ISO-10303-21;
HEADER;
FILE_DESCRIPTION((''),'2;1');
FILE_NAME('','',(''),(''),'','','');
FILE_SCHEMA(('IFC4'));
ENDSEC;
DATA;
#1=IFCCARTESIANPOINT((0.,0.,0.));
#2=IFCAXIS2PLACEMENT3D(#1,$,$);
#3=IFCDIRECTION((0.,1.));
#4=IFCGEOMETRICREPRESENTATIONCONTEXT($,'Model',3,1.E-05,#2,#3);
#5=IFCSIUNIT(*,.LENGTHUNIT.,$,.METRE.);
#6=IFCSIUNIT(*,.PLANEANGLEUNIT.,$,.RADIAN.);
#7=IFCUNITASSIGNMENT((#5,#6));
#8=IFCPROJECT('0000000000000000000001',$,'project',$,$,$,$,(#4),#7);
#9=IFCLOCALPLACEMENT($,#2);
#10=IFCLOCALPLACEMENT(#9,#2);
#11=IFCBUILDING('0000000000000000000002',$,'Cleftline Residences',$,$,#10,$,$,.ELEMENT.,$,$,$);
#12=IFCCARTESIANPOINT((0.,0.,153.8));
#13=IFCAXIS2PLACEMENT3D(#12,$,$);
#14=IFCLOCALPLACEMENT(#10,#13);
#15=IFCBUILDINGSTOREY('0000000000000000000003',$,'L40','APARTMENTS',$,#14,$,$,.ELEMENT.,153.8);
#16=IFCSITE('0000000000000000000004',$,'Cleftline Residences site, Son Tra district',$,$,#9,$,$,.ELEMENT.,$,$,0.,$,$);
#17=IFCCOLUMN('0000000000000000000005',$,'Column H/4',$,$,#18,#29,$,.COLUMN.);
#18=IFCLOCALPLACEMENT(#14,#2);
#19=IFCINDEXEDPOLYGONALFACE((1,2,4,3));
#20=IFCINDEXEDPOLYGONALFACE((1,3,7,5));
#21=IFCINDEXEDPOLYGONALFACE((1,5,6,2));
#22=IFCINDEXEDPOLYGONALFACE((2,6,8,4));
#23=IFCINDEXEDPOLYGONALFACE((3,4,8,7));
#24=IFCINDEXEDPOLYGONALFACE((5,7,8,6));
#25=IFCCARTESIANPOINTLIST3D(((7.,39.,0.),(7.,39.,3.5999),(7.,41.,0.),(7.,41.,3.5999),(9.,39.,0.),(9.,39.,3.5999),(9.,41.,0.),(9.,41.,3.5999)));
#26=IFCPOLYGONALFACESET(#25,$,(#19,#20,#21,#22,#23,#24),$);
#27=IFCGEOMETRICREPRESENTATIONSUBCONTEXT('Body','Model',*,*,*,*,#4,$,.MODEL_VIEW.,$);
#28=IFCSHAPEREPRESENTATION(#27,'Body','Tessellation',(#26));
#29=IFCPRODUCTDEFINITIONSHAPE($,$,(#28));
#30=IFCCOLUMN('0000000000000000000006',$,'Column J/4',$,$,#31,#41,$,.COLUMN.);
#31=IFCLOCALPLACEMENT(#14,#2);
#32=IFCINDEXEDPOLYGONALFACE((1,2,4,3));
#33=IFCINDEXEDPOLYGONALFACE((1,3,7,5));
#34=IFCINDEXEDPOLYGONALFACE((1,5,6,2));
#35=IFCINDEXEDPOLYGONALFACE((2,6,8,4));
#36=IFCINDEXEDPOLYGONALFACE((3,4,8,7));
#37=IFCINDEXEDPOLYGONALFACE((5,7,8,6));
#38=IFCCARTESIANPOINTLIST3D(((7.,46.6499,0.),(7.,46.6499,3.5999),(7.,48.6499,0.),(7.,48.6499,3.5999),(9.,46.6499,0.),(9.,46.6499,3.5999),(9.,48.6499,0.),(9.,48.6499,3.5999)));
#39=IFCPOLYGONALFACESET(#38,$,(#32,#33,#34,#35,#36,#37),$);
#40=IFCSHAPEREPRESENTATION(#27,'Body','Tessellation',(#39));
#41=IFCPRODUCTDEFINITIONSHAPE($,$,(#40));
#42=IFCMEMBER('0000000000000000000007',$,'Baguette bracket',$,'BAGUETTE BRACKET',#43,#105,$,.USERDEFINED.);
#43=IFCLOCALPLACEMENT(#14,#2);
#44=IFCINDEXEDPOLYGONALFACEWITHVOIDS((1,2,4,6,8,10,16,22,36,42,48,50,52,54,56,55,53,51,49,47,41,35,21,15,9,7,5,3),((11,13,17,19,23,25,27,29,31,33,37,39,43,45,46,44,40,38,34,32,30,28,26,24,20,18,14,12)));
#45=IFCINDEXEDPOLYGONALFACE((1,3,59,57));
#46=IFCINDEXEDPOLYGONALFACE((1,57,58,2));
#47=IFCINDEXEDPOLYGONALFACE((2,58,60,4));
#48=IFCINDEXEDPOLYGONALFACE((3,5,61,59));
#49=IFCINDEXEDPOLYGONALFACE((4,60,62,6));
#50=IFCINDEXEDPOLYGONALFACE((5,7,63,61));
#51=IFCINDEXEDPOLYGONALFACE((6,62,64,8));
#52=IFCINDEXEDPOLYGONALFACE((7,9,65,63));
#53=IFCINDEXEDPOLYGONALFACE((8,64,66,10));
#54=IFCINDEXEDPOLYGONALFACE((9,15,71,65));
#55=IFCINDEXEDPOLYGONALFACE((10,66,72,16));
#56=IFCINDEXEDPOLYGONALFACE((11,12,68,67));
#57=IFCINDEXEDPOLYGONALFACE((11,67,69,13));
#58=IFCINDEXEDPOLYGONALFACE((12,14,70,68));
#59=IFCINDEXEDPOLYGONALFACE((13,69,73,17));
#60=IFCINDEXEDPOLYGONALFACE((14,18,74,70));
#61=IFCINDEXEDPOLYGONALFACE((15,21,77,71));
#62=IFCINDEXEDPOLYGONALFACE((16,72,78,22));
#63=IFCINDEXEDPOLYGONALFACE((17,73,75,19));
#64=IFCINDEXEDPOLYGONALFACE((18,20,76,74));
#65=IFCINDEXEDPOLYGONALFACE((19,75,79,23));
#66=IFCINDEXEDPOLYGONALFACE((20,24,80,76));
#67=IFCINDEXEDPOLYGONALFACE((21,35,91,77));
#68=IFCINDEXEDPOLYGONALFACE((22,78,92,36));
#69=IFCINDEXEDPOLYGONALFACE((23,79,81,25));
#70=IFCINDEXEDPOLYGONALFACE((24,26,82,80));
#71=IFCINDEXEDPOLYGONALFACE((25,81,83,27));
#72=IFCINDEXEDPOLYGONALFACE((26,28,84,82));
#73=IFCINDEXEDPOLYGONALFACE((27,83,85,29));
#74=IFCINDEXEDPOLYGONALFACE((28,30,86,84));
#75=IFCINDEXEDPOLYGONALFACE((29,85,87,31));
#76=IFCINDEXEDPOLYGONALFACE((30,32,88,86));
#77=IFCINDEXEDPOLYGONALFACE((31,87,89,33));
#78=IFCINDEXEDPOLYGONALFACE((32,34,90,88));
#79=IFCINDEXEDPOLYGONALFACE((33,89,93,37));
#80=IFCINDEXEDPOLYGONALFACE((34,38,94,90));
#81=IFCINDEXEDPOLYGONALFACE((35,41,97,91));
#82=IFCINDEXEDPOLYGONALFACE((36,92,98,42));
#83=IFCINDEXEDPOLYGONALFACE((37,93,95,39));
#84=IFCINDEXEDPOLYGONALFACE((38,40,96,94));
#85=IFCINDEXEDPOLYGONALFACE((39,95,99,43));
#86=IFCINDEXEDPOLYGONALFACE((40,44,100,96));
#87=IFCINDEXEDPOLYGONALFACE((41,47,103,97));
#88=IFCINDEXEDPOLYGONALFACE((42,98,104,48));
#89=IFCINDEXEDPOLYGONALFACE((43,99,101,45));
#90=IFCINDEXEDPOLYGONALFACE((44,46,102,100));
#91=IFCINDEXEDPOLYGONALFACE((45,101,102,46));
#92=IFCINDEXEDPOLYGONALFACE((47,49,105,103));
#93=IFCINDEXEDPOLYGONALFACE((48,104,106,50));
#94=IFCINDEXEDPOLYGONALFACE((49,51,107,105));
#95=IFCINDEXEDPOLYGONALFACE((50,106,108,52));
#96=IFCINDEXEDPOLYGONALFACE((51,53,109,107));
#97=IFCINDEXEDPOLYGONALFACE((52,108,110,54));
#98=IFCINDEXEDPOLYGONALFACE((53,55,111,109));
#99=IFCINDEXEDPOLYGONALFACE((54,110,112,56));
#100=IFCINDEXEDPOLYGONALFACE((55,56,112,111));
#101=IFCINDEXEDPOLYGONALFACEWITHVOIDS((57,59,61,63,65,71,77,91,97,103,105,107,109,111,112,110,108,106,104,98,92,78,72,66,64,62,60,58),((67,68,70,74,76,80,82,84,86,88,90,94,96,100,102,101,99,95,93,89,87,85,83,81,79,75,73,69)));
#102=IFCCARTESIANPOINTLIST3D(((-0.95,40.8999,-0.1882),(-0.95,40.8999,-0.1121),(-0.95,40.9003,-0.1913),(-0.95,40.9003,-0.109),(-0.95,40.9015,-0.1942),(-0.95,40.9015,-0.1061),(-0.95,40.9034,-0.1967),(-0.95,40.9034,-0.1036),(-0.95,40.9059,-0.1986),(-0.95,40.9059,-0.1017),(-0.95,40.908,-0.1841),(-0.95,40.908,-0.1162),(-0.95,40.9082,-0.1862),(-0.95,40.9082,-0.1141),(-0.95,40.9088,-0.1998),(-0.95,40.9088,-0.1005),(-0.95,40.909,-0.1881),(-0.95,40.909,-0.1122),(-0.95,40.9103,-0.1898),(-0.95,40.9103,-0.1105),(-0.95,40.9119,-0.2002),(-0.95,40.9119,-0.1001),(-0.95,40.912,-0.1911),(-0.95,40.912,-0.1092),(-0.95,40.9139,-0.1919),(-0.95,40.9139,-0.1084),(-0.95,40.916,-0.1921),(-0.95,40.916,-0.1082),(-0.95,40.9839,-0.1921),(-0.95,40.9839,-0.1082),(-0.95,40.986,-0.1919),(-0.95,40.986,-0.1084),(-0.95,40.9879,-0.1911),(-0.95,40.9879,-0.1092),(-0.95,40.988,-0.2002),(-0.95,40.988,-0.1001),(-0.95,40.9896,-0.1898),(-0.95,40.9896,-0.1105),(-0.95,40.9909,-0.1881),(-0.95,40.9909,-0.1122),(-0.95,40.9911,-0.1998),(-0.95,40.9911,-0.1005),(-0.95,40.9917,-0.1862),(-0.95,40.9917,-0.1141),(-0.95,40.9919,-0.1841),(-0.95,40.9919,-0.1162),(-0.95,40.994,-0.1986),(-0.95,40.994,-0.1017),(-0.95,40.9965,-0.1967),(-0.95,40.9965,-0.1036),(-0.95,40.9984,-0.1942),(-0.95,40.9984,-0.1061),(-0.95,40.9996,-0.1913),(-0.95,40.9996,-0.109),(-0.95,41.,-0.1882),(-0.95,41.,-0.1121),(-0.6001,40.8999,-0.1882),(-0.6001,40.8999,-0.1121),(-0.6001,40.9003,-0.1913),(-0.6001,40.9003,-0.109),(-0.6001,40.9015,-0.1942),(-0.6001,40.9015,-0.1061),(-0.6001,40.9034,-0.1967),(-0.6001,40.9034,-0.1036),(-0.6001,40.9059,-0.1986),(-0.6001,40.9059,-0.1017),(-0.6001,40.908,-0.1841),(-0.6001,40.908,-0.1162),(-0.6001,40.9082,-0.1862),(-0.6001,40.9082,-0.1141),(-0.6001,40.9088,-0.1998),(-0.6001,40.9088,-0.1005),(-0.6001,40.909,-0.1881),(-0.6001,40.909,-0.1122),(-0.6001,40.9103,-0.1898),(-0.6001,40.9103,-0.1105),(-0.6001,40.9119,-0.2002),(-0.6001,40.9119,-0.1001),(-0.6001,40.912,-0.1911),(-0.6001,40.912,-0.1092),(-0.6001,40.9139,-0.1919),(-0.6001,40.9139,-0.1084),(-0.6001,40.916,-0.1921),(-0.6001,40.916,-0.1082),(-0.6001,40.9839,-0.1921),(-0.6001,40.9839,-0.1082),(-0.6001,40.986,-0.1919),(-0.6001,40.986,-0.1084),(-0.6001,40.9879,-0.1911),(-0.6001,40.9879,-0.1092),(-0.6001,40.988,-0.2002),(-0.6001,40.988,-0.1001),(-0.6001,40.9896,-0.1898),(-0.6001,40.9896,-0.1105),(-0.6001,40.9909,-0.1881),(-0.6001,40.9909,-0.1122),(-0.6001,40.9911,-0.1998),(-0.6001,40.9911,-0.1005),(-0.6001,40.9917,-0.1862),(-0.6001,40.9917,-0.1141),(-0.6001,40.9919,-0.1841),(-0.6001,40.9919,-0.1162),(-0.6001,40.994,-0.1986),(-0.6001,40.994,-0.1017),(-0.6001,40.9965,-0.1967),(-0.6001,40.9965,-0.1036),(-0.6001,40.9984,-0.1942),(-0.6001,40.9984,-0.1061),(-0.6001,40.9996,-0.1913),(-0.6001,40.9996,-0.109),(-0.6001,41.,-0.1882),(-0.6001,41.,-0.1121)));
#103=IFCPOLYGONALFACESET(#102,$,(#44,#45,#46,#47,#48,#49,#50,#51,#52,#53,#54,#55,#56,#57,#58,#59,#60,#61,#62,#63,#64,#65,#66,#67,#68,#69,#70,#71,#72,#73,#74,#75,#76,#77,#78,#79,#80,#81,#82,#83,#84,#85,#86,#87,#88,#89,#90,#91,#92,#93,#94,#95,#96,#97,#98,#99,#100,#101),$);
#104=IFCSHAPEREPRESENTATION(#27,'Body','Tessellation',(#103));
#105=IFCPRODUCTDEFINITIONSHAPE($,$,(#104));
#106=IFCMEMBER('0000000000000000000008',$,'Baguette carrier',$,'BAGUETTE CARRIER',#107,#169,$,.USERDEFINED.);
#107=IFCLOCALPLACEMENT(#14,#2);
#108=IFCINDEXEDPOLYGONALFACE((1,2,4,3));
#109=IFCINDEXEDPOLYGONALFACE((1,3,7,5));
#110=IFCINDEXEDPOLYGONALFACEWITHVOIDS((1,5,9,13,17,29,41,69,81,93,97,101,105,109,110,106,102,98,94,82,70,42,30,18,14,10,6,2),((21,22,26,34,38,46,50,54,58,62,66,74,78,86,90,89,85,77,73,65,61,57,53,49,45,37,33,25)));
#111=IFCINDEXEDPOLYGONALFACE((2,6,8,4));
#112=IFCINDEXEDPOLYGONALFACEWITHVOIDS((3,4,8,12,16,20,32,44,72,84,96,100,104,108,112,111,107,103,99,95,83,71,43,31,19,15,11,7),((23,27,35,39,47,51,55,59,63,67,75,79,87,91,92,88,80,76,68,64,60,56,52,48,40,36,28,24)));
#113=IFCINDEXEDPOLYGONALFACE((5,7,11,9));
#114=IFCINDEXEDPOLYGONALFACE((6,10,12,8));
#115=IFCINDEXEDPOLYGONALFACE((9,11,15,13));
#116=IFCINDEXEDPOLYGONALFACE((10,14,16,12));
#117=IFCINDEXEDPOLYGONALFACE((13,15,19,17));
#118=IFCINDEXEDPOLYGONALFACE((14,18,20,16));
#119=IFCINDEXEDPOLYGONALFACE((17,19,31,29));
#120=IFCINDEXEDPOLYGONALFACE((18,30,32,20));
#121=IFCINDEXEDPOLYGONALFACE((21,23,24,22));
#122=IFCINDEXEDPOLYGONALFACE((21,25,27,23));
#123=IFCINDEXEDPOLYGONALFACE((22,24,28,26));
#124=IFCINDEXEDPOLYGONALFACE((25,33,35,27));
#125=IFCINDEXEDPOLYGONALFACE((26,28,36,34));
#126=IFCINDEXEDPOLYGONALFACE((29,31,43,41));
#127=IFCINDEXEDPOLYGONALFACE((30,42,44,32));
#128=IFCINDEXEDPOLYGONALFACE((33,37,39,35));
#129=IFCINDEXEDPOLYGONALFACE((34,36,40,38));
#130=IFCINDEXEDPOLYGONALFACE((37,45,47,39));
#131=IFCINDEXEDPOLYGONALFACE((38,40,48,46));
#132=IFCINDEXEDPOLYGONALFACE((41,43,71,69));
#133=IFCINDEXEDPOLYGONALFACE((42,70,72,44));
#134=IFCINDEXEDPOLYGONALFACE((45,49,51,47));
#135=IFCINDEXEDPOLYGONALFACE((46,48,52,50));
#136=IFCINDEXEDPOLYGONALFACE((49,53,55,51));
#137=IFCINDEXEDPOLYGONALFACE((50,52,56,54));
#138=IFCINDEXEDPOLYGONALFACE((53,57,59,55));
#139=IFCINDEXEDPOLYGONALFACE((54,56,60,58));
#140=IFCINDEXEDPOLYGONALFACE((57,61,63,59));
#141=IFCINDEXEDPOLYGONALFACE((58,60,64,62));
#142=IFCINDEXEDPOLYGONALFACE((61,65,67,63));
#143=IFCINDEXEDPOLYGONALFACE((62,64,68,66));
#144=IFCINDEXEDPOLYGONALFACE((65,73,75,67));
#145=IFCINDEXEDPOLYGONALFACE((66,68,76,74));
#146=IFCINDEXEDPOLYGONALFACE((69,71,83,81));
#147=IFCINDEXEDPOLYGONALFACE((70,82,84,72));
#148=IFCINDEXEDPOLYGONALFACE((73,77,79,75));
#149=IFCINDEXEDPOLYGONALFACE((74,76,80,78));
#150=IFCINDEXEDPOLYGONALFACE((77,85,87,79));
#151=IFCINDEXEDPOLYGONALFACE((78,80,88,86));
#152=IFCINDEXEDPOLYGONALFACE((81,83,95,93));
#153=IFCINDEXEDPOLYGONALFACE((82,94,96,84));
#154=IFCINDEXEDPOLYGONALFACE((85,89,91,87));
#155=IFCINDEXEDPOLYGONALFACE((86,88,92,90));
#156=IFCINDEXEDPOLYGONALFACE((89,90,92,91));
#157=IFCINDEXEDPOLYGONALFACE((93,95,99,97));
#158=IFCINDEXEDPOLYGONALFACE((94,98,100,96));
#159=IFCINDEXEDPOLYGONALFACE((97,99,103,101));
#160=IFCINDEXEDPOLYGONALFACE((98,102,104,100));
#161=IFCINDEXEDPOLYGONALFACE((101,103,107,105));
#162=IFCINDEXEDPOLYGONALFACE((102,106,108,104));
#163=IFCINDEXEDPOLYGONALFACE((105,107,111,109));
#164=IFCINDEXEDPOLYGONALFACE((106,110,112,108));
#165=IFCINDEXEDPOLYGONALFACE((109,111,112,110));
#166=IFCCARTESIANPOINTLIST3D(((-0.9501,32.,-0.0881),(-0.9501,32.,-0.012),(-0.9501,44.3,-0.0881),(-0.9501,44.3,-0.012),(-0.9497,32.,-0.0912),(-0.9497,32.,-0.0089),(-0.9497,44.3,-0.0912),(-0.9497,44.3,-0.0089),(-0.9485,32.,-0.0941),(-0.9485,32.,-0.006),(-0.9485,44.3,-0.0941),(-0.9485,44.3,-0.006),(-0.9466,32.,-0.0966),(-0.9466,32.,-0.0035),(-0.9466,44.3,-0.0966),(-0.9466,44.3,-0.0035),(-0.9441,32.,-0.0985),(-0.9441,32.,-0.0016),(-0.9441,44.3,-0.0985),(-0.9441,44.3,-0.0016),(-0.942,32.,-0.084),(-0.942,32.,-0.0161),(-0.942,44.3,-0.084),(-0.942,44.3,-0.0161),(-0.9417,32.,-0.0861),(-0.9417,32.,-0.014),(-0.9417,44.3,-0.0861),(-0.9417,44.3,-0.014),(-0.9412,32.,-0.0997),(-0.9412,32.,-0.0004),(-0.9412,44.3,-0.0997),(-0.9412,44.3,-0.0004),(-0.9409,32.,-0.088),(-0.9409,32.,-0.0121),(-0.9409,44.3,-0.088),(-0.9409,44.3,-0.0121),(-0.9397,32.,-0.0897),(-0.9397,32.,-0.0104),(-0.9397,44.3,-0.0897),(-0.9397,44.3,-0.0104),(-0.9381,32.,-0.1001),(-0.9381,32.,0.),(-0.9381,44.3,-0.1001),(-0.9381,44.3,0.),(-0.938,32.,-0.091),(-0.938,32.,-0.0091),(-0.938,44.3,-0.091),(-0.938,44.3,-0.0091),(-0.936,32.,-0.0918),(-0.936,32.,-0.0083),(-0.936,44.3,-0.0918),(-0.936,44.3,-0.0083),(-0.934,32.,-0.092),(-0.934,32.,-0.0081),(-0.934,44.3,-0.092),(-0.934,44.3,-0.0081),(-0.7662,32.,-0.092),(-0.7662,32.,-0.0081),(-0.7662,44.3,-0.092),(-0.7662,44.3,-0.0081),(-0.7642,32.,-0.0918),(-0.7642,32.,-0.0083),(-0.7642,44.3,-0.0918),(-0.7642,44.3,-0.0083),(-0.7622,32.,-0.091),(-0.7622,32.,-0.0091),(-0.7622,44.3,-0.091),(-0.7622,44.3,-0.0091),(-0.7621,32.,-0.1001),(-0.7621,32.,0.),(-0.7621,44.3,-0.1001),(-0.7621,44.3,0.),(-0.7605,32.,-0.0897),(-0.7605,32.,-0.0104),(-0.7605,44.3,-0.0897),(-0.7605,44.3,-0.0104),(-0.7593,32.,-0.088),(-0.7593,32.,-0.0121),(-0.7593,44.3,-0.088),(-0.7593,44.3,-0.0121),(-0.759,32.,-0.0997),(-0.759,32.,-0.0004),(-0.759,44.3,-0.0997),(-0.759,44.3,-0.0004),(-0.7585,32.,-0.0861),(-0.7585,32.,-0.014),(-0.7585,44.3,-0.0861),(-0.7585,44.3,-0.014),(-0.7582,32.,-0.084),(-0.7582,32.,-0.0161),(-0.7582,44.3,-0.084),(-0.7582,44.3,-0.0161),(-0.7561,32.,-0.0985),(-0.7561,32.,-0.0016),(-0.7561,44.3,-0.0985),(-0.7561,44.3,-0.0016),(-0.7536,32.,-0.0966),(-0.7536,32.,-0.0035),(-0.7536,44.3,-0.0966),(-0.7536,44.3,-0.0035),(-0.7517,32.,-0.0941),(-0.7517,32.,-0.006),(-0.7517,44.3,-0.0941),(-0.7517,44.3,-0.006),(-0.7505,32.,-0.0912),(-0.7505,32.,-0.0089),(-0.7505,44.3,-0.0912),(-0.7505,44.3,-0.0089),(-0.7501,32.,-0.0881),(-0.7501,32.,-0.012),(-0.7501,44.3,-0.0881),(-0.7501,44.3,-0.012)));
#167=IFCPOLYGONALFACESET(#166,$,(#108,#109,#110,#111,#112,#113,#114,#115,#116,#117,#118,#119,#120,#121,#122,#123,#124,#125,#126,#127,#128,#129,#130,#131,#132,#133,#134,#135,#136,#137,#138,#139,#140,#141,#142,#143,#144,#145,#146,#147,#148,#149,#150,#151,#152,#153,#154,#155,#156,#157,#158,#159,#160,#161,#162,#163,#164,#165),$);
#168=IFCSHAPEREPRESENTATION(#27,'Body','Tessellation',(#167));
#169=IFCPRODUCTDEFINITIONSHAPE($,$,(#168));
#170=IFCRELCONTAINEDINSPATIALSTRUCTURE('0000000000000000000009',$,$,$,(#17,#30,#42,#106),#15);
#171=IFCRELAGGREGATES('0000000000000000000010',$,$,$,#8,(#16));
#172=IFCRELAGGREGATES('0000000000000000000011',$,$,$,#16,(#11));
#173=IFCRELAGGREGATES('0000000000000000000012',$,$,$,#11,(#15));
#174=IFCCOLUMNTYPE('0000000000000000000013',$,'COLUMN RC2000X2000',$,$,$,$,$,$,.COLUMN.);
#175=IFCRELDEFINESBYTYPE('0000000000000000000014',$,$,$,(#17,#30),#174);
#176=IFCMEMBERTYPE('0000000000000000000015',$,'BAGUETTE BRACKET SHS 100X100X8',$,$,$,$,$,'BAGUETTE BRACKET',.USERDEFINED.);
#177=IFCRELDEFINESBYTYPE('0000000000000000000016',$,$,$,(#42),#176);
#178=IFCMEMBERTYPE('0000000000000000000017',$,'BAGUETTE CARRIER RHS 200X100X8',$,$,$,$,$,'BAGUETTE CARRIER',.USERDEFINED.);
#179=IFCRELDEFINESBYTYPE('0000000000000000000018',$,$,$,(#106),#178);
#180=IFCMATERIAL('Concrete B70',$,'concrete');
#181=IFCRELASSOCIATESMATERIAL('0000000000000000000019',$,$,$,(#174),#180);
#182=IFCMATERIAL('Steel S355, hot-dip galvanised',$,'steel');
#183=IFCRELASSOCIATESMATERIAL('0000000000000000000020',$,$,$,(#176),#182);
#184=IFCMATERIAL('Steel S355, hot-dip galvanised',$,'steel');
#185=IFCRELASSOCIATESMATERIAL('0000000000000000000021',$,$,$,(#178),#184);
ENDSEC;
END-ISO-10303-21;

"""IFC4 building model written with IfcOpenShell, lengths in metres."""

from ifc_helpers import new_model, si_unit, direction, frame, origin, origin_2d, place, context, subcontext, project, spatial, rectangle, hollow_rectangle, extrude, material, material_profile, profile_set, type_object, element, save


model = new_model("IFC4")

# Units and contexts
model_context = context("Model", 3, precision=1e-05, world=origin(), true_north=direction((0.0, 1.0)))
body_context = subcontext(model_context, "Body", "Model", "MODEL_VIEW")
ifc_project = project(units=[si_unit("LENGTHUNIT", "METRE"), si_unit("PLANEANGLEUNIT", "RADIAN")], contexts=[model_context])

# Site, building, storey
site_placement = place(None, origin())
site = spatial("IfcSite", under=ifc_project, at=site_placement, Name="Cleftline Residences site, Son Tra district", CompositionType="ELEMENT", RefElevation=0.0)
building_placement = place(site_placement, origin())
building = spatial("IfcBuilding", under=site, at=building_placement, Name="Cleftline Residences", CompositionType="ELEMENT")
storey_placement = place(building_placement, frame((0.0, 0.0, 153.8)))
storey = spatial("IfcBuildingStorey", under=building, at=storey_placement, Name="L40", Description="APARTMENTS", CompositionType="ELEMENT", Elevation=153.8)

# Columns
ifc_material_1 = material(Name="Concrete B70", Category="concrete")
ifc_material_profile_1 = material_profile(ifc_material_1, rectangle(XDim=2.0, YDim=2.0, at=origin_2d()))
ifc_profile_set_1 = profile_set([ifc_material_profile_1], Name="Concrete B70")
column_type = type_object("IfcColumnType", Name="COLUMN RC2000X2000", PredefinedType="COLUMN", material=ifc_profile_set_1)
for number, where, z_axis, x_axis, name in (
    (1, (8.0, 40.0, 0.0), (0.0, 0.0, 1.0), (1.0, 0.0, 0.0), "Column H/4"),
    (2, (8.0, 47.6499, 0.0), (0.0, 0.0, 1.0), (1.0, 0.0, 0.0), "Column J/4"),
):
    element("IfcColumn", number, at=place(storey_placement, frame(where, z_axis=z_axis, x_axis=x_axis)), inside=storey, type_object=column_type, Name=name, PredefinedType="COLUMN", context=body_context, shape_type="SweptSolid", body=[
        extrude(rectangle(XDim=2.0, YDim=2.0, at=origin_2d()), origin(), (0.0, 0.0, 1.0), 3.5999),
    ])

# Members
ifc_material_2 = material(Name="Steel S355, hot-dip galvanised", Category="steel")
ifc_material_profile_2 = material_profile(ifc_material_2, hollow_rectangle(XDim=0.1001, YDim=0.1001, WallThickness=0.0081, InnerFilletRadius=0.0081, OuterFilletRadius=0.012, at=origin_2d()))
ifc_profile_set_2 = profile_set([ifc_material_profile_2], Name="Steel S355, hot-dip galvanised")
member_type_1 = type_object("IfcMemberType", Name="BAGUETTE BRACKET SHS 100X100X8", ElementType="BAGUETTE BRACKET", PredefinedType="USERDEFINED", material=ifc_profile_set_2)
member_1_placement = place(storey_placement, frame((-0.6001, 40.95, -0.1501), z_axis=(-1.0, 0.0, 0.0), x_axis=(0.0, -1.0, 0.0)))
element("IfcMember", 3, at=member_1_placement, inside=storey, type_object=member_type_1, Name="Baguette bracket", ObjectType="BAGUETTE BRACKET", PredefinedType="USERDEFINED", context=body_context, shape_type="SweptSolid", body=[
    extrude(hollow_rectangle(XDim=0.1001, YDim=0.1001, WallThickness=0.0081, InnerFilletRadius=0.0081, OuterFilletRadius=0.012, at=origin_2d()), origin(), (0.0, 0.0, 1.0), 0.3499),
])
ifc_material_3 = material(Name="Steel S355, hot-dip galvanised", Category="steel")
ifc_material_profile_3 = material_profile(ifc_material_3, hollow_rectangle(XDim=0.1001, YDim=0.2, WallThickness=0.0081, InnerFilletRadius=0.0081, OuterFilletRadius=0.012, at=origin_2d()))
ifc_profile_set_3 = profile_set([ifc_material_profile_3], Name="Steel S355, hot-dip galvanised")
member_type_2 = type_object("IfcMemberType", Name="BAGUETTE CARRIER RHS 200X100X8", ElementType="BAGUETTE CARRIER", PredefinedType="USERDEFINED", material=ifc_profile_set_3)
member_2_placement = place(storey_placement, frame((-0.8501, 44.3, -0.05), z_axis=(0.0, -1.0, 0.0), x_axis=(0.0, 0.0, 1.0)))
element("IfcMember", 4, at=member_2_placement, inside=storey, type_object=member_type_2, Name="Baguette carrier", ObjectType="BAGUETTE CARRIER", PredefinedType="USERDEFINED", context=body_context, shape_type="SweptSolid", body=[
    extrude(hollow_rectangle(XDim=0.1001, YDim=0.2, WallThickness=0.0081, InnerFilletRadius=0.0081, OuterFilletRadius=0.012, at=origin_2d()), origin(), (0.0, 0.0, 1.0), 12.3),
])

save(model, "model.ifc")
